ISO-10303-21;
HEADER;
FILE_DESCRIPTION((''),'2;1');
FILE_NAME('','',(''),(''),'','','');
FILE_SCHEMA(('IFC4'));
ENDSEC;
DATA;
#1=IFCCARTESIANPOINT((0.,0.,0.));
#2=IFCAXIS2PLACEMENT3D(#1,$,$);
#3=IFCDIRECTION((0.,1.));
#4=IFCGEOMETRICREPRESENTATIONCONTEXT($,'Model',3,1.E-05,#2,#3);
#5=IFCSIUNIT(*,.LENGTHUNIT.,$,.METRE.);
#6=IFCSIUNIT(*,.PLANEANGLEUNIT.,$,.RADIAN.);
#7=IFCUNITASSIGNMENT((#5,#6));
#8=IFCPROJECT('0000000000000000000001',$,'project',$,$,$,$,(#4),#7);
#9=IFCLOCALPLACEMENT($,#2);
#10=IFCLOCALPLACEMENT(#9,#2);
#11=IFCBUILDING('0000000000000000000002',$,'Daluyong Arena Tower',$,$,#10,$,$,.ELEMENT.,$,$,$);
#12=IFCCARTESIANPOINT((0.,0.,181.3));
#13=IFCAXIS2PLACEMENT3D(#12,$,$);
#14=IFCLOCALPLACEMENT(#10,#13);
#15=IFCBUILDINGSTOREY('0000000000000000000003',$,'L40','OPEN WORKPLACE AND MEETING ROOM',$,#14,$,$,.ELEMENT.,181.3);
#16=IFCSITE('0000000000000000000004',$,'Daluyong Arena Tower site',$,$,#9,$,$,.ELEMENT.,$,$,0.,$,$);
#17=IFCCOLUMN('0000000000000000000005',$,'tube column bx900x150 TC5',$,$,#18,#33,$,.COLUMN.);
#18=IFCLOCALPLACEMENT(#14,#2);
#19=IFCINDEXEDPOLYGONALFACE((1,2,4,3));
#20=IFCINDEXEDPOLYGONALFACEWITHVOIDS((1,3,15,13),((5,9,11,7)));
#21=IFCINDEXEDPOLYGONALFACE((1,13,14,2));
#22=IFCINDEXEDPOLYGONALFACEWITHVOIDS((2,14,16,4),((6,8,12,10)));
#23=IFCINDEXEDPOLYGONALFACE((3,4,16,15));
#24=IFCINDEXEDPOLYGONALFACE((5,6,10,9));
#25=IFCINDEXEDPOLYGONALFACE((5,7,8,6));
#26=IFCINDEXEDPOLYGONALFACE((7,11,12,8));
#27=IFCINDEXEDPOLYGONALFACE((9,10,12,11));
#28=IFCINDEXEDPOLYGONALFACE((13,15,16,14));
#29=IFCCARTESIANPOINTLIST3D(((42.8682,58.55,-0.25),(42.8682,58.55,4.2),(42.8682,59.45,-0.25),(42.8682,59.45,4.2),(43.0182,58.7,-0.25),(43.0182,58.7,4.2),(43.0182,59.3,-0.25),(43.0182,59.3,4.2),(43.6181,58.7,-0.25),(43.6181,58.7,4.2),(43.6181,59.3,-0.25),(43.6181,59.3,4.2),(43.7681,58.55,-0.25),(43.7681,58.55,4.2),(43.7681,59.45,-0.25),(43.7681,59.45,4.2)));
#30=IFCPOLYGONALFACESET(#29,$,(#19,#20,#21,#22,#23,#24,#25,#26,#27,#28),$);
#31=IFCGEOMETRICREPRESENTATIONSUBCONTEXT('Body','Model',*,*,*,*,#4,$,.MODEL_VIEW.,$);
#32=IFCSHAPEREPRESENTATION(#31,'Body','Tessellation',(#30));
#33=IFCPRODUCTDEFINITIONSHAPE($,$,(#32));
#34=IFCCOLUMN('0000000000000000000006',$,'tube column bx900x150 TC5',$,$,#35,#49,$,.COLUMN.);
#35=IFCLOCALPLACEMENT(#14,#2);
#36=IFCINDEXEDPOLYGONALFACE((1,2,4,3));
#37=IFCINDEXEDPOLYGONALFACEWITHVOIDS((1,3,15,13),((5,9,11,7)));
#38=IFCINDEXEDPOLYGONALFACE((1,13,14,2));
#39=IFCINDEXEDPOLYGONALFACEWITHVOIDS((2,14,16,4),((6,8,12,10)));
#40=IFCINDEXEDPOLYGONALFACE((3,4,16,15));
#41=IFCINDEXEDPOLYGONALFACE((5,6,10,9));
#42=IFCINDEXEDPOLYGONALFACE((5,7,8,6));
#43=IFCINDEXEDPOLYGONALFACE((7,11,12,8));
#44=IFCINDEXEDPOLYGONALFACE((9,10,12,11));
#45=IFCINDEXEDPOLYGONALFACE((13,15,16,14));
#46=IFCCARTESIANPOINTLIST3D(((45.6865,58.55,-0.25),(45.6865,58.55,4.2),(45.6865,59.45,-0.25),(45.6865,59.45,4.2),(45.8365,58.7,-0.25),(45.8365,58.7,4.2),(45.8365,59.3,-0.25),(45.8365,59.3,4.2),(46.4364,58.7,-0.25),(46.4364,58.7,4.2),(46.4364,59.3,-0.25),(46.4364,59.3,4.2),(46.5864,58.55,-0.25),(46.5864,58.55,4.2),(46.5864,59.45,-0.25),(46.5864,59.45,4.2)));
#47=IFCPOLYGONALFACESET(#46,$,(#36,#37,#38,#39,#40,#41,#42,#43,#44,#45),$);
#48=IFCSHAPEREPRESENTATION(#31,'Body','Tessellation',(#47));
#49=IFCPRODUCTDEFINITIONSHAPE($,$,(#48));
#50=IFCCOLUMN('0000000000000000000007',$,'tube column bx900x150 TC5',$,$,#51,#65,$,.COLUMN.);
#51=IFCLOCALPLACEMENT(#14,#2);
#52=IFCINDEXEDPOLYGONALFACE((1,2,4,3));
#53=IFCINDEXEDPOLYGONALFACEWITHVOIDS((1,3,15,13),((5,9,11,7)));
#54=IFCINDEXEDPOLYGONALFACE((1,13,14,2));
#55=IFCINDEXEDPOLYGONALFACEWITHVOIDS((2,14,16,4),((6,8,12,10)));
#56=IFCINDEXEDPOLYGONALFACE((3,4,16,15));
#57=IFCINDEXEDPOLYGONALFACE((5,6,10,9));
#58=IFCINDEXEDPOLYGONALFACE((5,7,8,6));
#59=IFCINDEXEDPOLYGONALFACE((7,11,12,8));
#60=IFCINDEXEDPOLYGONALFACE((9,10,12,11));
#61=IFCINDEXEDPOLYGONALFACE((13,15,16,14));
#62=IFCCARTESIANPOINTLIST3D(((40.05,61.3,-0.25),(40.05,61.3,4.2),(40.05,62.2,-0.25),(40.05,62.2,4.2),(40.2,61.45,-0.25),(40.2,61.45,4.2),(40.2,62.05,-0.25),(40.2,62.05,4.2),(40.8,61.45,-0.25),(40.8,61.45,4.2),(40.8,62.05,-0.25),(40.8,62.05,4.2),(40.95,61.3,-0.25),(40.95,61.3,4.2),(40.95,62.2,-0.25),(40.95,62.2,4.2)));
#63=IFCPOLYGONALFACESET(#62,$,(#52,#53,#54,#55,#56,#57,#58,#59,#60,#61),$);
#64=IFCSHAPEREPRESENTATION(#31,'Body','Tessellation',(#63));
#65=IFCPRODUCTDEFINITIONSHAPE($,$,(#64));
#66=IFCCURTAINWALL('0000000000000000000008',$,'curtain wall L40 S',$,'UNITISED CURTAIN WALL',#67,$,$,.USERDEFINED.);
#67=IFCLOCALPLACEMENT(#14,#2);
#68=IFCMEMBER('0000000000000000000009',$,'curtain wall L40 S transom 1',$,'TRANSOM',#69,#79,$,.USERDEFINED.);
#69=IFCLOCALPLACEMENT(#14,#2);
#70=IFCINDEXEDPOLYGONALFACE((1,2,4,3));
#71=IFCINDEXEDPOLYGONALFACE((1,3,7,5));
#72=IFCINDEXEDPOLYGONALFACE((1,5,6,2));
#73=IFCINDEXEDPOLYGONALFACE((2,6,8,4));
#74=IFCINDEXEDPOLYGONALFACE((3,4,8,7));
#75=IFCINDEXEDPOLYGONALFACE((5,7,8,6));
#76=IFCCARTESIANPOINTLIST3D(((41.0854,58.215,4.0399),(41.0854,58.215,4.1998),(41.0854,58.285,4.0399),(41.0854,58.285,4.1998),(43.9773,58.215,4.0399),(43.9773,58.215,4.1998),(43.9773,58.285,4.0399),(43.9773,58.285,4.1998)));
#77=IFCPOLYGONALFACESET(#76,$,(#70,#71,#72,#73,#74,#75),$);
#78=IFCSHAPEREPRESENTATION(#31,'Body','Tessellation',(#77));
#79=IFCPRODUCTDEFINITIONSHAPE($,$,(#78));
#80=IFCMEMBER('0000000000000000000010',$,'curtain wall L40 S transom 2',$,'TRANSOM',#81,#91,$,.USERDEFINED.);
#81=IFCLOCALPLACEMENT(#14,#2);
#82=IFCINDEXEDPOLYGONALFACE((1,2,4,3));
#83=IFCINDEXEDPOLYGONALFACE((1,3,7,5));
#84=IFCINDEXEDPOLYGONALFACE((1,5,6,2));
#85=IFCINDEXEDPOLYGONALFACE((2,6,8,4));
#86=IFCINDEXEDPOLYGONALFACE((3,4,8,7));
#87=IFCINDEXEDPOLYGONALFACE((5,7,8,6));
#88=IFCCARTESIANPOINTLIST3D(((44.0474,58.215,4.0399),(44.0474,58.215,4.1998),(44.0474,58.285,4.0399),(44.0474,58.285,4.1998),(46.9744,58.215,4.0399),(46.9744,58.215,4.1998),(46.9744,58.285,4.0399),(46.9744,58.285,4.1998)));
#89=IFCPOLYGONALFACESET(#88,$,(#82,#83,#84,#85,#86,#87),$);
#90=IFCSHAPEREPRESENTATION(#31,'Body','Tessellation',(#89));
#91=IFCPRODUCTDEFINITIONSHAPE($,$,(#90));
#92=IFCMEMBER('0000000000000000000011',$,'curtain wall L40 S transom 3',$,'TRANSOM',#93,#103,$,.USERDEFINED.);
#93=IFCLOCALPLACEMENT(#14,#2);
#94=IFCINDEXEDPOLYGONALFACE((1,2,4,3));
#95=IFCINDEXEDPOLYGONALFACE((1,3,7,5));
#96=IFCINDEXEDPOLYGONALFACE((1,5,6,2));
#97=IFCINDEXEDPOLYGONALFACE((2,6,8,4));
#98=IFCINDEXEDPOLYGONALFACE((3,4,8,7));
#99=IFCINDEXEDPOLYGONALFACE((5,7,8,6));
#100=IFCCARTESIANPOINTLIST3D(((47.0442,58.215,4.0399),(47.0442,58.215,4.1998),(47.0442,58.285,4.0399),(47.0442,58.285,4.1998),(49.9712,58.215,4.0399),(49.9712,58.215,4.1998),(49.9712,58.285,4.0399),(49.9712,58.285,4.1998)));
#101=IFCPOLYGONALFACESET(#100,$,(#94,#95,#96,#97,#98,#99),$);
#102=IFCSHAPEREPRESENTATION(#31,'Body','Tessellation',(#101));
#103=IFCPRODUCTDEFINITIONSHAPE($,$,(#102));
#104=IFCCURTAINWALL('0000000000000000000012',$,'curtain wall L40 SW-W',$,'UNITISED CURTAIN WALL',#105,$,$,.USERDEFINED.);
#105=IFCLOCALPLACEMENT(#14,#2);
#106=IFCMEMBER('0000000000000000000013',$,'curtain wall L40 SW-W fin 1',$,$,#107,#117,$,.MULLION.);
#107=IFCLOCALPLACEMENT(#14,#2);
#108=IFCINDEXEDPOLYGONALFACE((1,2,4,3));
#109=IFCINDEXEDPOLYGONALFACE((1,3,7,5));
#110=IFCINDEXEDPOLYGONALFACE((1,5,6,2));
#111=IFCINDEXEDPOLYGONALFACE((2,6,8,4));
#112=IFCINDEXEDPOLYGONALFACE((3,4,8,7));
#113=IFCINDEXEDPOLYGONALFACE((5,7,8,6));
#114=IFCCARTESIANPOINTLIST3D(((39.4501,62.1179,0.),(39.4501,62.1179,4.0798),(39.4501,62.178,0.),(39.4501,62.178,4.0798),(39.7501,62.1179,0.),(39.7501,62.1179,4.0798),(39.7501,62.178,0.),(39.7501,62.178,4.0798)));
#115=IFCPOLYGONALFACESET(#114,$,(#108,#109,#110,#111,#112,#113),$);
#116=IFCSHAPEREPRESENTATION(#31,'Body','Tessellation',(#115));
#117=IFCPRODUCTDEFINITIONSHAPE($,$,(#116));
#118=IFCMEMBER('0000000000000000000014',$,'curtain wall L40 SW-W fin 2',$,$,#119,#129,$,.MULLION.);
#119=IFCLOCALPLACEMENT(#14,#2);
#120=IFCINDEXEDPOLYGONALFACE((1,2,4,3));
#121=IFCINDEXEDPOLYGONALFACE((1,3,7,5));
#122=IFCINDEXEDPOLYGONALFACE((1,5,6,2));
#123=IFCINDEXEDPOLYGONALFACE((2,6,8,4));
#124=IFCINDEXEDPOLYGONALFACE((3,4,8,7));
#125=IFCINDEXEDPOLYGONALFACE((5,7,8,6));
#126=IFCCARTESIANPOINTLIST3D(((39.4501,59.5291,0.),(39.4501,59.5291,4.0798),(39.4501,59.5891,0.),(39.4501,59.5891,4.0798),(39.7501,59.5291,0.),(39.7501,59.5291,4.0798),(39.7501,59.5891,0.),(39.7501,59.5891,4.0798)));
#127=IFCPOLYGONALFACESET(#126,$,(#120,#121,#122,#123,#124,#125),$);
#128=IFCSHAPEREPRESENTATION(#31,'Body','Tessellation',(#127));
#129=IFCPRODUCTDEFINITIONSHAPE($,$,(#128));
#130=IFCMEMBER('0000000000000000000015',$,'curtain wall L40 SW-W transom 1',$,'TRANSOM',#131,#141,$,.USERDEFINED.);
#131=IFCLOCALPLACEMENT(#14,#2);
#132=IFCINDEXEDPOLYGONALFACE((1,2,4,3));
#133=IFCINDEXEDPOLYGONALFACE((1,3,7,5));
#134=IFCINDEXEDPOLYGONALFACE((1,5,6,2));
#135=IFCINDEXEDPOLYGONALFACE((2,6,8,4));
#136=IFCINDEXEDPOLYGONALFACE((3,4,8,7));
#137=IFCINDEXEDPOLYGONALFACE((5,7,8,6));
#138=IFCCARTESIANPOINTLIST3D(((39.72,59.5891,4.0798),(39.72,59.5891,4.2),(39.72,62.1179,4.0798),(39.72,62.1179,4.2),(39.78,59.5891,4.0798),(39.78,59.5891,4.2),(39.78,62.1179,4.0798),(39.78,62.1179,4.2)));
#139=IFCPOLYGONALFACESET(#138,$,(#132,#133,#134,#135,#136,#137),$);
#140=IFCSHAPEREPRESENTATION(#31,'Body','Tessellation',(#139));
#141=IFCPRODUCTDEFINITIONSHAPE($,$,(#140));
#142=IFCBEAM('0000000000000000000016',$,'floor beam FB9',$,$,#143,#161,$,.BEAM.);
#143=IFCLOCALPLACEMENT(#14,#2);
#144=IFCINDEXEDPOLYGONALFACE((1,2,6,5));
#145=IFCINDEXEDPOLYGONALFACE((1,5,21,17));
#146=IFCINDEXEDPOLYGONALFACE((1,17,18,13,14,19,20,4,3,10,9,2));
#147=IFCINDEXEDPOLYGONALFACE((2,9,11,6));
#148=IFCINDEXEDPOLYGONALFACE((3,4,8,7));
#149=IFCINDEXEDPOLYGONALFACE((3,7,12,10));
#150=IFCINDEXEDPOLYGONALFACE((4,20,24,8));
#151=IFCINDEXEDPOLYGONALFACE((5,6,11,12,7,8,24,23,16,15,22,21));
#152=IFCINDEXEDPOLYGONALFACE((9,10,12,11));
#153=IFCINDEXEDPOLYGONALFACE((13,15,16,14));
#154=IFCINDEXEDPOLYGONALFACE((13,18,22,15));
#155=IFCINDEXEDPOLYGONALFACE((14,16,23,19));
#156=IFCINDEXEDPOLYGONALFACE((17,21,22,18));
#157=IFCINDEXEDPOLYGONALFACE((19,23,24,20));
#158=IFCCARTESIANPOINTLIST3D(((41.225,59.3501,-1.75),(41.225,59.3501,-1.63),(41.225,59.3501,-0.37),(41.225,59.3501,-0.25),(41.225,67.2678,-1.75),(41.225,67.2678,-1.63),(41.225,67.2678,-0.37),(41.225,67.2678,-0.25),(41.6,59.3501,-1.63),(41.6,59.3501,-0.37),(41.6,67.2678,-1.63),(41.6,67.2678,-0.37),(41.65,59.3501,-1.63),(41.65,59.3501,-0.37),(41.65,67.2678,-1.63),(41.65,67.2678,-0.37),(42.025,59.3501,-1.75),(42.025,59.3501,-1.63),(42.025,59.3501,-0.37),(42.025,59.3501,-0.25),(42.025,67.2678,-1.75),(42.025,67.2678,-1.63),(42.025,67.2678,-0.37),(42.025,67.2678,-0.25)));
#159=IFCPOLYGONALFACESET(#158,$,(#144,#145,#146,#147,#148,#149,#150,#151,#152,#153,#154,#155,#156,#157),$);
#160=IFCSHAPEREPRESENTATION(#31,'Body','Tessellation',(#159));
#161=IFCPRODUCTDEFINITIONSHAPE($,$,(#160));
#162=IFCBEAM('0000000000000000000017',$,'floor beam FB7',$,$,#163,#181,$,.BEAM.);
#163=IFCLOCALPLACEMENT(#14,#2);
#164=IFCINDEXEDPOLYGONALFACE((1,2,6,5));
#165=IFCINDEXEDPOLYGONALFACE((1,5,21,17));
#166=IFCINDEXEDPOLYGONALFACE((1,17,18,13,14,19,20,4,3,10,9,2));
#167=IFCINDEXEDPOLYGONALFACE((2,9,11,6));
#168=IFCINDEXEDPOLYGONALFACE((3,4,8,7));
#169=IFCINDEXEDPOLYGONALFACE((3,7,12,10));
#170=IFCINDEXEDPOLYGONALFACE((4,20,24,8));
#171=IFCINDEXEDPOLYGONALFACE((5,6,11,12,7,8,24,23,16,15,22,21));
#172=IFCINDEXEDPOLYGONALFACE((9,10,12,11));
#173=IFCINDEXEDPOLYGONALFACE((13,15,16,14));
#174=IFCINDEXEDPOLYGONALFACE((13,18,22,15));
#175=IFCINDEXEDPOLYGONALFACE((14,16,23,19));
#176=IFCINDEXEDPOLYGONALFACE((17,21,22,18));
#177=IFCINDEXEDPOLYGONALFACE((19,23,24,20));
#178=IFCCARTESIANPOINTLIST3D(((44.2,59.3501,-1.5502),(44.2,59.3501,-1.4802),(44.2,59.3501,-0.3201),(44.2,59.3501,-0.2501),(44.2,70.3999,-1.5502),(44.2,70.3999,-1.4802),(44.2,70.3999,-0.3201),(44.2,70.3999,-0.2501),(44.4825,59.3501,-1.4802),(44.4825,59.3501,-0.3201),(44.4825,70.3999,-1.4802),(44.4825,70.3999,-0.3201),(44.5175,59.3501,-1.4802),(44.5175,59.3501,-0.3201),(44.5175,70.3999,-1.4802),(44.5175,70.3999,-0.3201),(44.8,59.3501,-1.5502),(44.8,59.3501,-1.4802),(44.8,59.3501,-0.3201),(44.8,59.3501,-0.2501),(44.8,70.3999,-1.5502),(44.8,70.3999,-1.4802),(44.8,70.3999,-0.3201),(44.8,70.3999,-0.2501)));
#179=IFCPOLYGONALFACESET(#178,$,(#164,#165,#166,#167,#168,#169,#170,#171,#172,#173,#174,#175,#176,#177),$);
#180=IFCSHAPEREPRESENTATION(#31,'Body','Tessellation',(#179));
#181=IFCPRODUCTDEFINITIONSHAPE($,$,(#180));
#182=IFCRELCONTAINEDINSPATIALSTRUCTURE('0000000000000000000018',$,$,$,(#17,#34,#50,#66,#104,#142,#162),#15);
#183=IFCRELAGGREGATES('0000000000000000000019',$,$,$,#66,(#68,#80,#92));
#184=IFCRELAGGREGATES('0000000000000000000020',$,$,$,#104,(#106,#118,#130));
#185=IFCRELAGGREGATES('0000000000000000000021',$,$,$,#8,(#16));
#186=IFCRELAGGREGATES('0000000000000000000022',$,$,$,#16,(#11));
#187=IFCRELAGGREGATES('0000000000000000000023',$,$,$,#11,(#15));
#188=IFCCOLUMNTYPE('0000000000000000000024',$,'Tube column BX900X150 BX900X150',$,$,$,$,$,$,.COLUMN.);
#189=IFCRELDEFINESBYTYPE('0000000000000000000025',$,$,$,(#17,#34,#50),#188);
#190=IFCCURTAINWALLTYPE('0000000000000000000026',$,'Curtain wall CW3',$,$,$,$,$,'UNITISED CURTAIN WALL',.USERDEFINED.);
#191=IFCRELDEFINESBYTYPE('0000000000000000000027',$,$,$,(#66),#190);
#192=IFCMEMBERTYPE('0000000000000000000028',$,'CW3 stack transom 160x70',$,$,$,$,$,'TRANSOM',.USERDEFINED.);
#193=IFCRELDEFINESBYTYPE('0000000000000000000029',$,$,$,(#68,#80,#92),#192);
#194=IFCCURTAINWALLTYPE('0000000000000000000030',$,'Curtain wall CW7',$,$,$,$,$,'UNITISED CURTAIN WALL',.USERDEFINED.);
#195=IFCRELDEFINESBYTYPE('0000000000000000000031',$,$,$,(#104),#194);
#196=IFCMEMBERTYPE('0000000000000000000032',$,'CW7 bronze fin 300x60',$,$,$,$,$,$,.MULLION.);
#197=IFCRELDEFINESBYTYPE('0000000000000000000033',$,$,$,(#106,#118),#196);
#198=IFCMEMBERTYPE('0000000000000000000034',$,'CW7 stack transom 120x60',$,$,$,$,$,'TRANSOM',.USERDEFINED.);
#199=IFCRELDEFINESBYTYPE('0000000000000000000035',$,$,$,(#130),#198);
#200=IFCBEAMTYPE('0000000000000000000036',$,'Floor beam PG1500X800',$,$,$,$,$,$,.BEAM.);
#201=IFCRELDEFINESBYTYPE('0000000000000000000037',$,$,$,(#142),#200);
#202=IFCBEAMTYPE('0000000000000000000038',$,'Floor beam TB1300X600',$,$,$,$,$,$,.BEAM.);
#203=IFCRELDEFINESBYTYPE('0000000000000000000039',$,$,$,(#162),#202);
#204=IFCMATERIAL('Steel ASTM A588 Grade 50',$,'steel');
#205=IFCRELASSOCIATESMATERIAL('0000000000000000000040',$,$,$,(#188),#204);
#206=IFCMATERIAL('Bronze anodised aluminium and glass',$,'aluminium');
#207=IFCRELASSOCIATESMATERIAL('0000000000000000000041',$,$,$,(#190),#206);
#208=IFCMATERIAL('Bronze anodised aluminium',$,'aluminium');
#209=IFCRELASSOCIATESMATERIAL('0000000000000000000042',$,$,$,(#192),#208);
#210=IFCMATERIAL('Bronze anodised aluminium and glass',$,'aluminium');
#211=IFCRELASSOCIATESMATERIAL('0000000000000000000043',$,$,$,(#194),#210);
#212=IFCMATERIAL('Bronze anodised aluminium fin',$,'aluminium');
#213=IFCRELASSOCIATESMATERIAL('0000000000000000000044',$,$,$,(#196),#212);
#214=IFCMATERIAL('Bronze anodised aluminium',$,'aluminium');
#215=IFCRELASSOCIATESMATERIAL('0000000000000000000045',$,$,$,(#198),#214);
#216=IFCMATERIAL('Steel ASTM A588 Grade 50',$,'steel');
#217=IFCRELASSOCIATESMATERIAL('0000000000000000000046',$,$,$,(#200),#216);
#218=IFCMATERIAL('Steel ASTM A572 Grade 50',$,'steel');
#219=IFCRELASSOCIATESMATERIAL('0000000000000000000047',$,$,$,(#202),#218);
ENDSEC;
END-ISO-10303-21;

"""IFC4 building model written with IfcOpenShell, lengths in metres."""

from ifc_helpers import new_model, si_unit, direction, frame, origin, origin_2d, place, context, subcontext, project, spatial, rectangle, hollow_rectangle, i_section, extrude, material, material_profile, profile_set, type_object, element, aggregate, save


model = new_model("IFC4")

# Units and contexts
model_context = context("Model", 3, precision=1e-05, world=origin(), true_north=direction((0.0, 1.0)))
body_context = subcontext(model_context, "Body", "Model", "MODEL_VIEW")
ifc_project = project(units=[si_unit("LENGTHUNIT", "METRE"), si_unit("PLANEANGLEUNIT", "RADIAN")], contexts=[model_context])

# Site, building, storey
site_placement = place(None, origin())
site = spatial("IfcSite", under=ifc_project, at=site_placement, Name="Daluyong Arena Tower site", CompositionType="ELEMENT", RefElevation=0.0)
building_placement = place(site_placement, origin())
building = spatial("IfcBuilding", under=site, at=building_placement, Name="Daluyong Arena Tower", CompositionType="ELEMENT")
storey_placement = place(building_placement, frame((0.0, 0.0, 181.3)))
storey = spatial("IfcBuildingStorey", under=building, at=storey_placement, Name="L40", Description="OPEN WORKPLACE AND MEETING ROOM", CompositionType="ELEMENT", Elevation=181.3)

# Columns
ifc_material_1 = material(Name="Steel ASTM A588 Grade 50", Category="steel")
ifc_material_profile_1 = material_profile(ifc_material_1, hollow_rectangle(XDim=0.8999, YDim=0.8999, WallThickness=0.15, at=origin_2d()))
ifc_profile_set_1 = profile_set([ifc_material_profile_1], Name="Steel ASTM A588 Grade 50")
column_type = type_object("IfcColumnType", Name="Tube column BX900X150 BX900X150", PredefinedType="COLUMN", material=ifc_profile_set_1)
for number, where, z_axis, x_axis, name in (
    (1, (43.3181, 59.0, -0.25), (0.0, 0.0, 1.0), (1.0, 0.0, 0.0), "tube column bx900x150 TC5"),
    (2, (46.1365, 59.0, -0.25), (0.0, 0.0, 1.0), (1.0, 0.0, 0.0), "tube column bx900x150 TC5"),
    (3, (40.5, 61.75, -0.25), (0.0, 0.0, 1.0), (0.0, 1.0, 0.0), "tube column bx900x150 TC5"),
):
    element("IfcColumn", number, at=place(storey_placement, frame(where, z_axis=z_axis, x_axis=x_axis)), inside=storey, type_object=column_type, Name=name, PredefinedType="COLUMN", context=body_context, shape_type="SweptSolid", body=[
        extrude(hollow_rectangle(XDim=0.8999, YDim=0.8999, WallThickness=0.15, at=origin_2d()), origin(), (0.0, 0.0, 1.0), 4.45),
    ])

# Curtain walls, members
ifc_material_2 = material(Name="Bronze anodised aluminium and glass", Category="aluminium")
curtain_wall_type_1 = type_object("IfcCurtainWallType", Name="Curtain wall CW3", ElementType="UNITISED CURTAIN WALL", PredefinedType="USERDEFINED", material=ifc_material_2)
curtain_wall_1_placement = place(storey_placement, origin())
curtain_wall_1 = element("IfcCurtainWall", 4, at=curtain_wall_1_placement, inside=storey, type_object=curtain_wall_type_1, Name="curtain wall L40 S", ObjectType="UNITISED CURTAIN WALL", PredefinedType="USERDEFINED")
ifc_material_3 = material(Name="Bronze anodised aluminium", Category="aluminium")
ifc_material_profile_2 = material_profile(ifc_material_3, rectangle(XDim=0.0701, YDim=0.1599, at=origin_2d()))
ifc_profile_set_2 = profile_set([ifc_material_profile_2], Name="Bronze anodised aluminium")
member_type_1 = type_object("IfcMemberType", Name="CW3 stack transom 160x70", ElementType="TRANSOM", PredefinedType="USERDEFINED", material=ifc_profile_set_2)
member_1_placement = place(storey_placement, frame((41.0854, 58.25, 4.1199), z_axis=(1.0, 0.0, 0.0), x_axis=(0.0, 1.0, 0.0)))
member_1 = element("IfcMember", 5, at=member_1_placement, type_object=member_type_1, Name="curtain wall L40 S transom 1", ObjectType="TRANSOM", PredefinedType="USERDEFINED", context=body_context, shape_type="SweptSolid", body=[
    extrude(rectangle(XDim=0.0701, YDim=0.1599, at=origin_2d()), origin(), (0.0, 0.0, 1.0), 2.8918),
])
member_2_placement = place(storey_placement, frame((44.0474, 58.25, 4.1199), z_axis=(1.0, 0.0, 0.0), x_axis=(0.0, 1.0, 0.0)))
member_2 = element("IfcMember", 6, at=member_2_placement, type_object=member_type_1, Name="curtain wall L40 S transom 2", ObjectType="TRANSOM", PredefinedType="USERDEFINED", context=body_context, shape_type="SweptSolid", body=[
    extrude(rectangle(XDim=0.0701, YDim=0.1599, at=origin_2d()), origin(), (0.0, 0.0, 1.0), 2.927),
])
member_3_placement = place(storey_placement, frame((47.0442, 58.25, 4.1199), z_axis=(1.0, 0.0, 0.0), x_axis=(0.0, 1.0, 0.0)))
member_3 = element("IfcMember", 7, at=member_3_placement, type_object=member_type_1, Name="curtain wall L40 S transom 3", ObjectType="TRANSOM", PredefinedType="USERDEFINED", context=body_context, shape_type="SweptSolid", body=[
    extrude(rectangle(XDim=0.0701, YDim=0.1599, at=origin_2d()), origin(), (0.0, 0.0, 1.0), 2.927),
])
ifc_material_4 = material(Name="Bronze anodised aluminium and glass", Category="aluminium")
curtain_wall_type_2 = type_object("IfcCurtainWallType", Name="Curtain wall CW7", ElementType="UNITISED CURTAIN WALL", PredefinedType="USERDEFINED", material=ifc_material_4)
curtain_wall_2_placement = place(storey_placement, origin())
curtain_wall_2 = element("IfcCurtainWall", 8, at=curtain_wall_2_placement, inside=storey, type_object=curtain_wall_type_2, Name="curtain wall L40 SW-W", ObjectType="UNITISED CURTAIN WALL", PredefinedType="USERDEFINED")
ifc_material_5 = material(Name="Bronze anodised aluminium fin", Category="aluminium")
ifc_material_profile_3 = material_profile(ifc_material_5, rectangle(XDim=0.3, YDim=0.0601, at=origin_2d()))
ifc_profile_set_3 = profile_set([ifc_material_profile_3], Name="Bronze anodised aluminium fin")
member_type_2 = type_object("IfcMemberType", Name="CW7 bronze fin 300x60", PredefinedType="MULLION", material=ifc_profile_set_3)
member_4_placement = place(storey_placement, frame((39.6001, 62.1479, 0.0), z_axis=(0.0, 0.0, 1.0), x_axis=(1.0, 0.0, 0.0)))
member_4 = element("IfcMember", 9, at=member_4_placement, type_object=member_type_2, Name="curtain wall L40 SW-W fin 1", PredefinedType="MULLION", context=body_context, shape_type="SweptSolid", body=[
    extrude(rectangle(XDim=0.3, YDim=0.0601, at=origin_2d()), origin(), (0.0, 0.0, 1.0), 4.0798),
])
member_5_placement = place(storey_placement, frame((39.6001, 59.5591, 0.0), z_axis=(0.0, 0.0, 1.0), x_axis=(1.0, 0.0, 0.0)))
member_5 = element("IfcMember", 10, at=member_5_placement, type_object=member_type_2, Name="curtain wall L40 SW-W fin 2", PredefinedType="MULLION", context=body_context, shape_type="SweptSolid", body=[
    extrude(rectangle(XDim=0.3, YDim=0.0601, at=origin_2d()), origin(), (0.0, 0.0, 1.0), 4.0798),
])
ifc_material_6 = material(Name="Bronze anodised aluminium", Category="aluminium")
ifc_material_profile_4 = material_profile(ifc_material_6, rectangle(XDim=0.0601, YDim=0.1201, at=origin_2d()))
ifc_profile_set_4 = profile_set([ifc_material_profile_4], Name="Bronze anodised aluminium")
member_type_3 = type_object("IfcMemberType", Name="CW7 stack transom 120x60", ElementType="TRANSOM", PredefinedType="USERDEFINED", material=ifc_profile_set_4)
member_6_placement = place(storey_placement, frame((39.75, 62.1179, 4.1399), z_axis=(0.0, -1.0, 0.0), x_axis=(1.0, 0.0, 0.0)))
member_6 = element("IfcMember", 11, at=member_6_placement, type_object=member_type_3, Name="curtain wall L40 SW-W transom 1", ObjectType="TRANSOM", PredefinedType="USERDEFINED", context=body_context, shape_type="SweptSolid", body=[
    extrude(rectangle(XDim=0.0601, YDim=0.1201, at=origin_2d()), origin(), (0.0, 0.0, 1.0), 2.5288),
])

# Beams
ifc_material_7 = material(Name="Steel ASTM A588 Grade 50", Category="steel")
ifc_material_profile_5 = material_profile(ifc_material_7, i_section(OverallWidth=0.8, OverallDepth=1.5, WebThickness=0.05, FlangeThickness=0.12, at=origin_2d()))
ifc_profile_set_5 = profile_set([ifc_material_profile_5], Name="Steel ASTM A588 Grade 50")
beam_type_1 = type_object("IfcBeamType", Name="Floor beam PG1500X800", PredefinedType="BEAM", material=ifc_profile_set_5)
beam_1_placement = place(storey_placement, frame((41.625, 59.3501, -1.0), z_axis=(0.0, 1.0, 0.0), x_axis=(-1.0, 0.0, 0.0)))
element("IfcBeam", 12, at=beam_1_placement, inside=storey, type_object=beam_type_1, Name="floor beam FB9", PredefinedType="BEAM", context=body_context, shape_type="SweptSolid", body=[
    extrude(i_section(OverallWidth=0.8, OverallDepth=1.5, WebThickness=0.05, FlangeThickness=0.12, at=origin_2d()), origin(), (0.0, 0.0, 1.0), 7.9177),
])
ifc_material_8 = material(Name="Steel ASTM A572 Grade 50", Category="steel")
ifc_material_profile_6 = material_profile(ifc_material_8, i_section(OverallWidth=0.6001, OverallDepth=1.3, WebThickness=0.035, FlangeThickness=0.07, at=origin_2d()))
ifc_profile_set_6 = profile_set([ifc_material_profile_6], Name="Steel ASTM A572 Grade 50")
beam_type_2 = type_object("IfcBeamType", Name="Floor beam TB1300X600", PredefinedType="BEAM", material=ifc_profile_set_6)
beam_2_placement = place(storey_placement, frame((44.5, 59.3501, -0.9001), z_axis=(0.0, 1.0, 0.0), x_axis=(-1.0, 0.0, 0.0)))
element("IfcBeam", 13, at=beam_2_placement, inside=storey, type_object=beam_type_2, Name="floor beam FB7", PredefinedType="BEAM", context=body_context, shape_type="SweptSolid", body=[
    extrude(i_section(OverallWidth=0.6001, OverallDepth=1.3, WebThickness=0.035, FlangeThickness=0.07, at=origin_2d()), origin(), (0.0, 0.0, 1.0), 11.0498),
])

aggregate(curtain_wall_1, [member_1, member_2, member_3])
aggregate(curtain_wall_2, [member_4, member_5, member_6])

save(model, "model.ifc")
